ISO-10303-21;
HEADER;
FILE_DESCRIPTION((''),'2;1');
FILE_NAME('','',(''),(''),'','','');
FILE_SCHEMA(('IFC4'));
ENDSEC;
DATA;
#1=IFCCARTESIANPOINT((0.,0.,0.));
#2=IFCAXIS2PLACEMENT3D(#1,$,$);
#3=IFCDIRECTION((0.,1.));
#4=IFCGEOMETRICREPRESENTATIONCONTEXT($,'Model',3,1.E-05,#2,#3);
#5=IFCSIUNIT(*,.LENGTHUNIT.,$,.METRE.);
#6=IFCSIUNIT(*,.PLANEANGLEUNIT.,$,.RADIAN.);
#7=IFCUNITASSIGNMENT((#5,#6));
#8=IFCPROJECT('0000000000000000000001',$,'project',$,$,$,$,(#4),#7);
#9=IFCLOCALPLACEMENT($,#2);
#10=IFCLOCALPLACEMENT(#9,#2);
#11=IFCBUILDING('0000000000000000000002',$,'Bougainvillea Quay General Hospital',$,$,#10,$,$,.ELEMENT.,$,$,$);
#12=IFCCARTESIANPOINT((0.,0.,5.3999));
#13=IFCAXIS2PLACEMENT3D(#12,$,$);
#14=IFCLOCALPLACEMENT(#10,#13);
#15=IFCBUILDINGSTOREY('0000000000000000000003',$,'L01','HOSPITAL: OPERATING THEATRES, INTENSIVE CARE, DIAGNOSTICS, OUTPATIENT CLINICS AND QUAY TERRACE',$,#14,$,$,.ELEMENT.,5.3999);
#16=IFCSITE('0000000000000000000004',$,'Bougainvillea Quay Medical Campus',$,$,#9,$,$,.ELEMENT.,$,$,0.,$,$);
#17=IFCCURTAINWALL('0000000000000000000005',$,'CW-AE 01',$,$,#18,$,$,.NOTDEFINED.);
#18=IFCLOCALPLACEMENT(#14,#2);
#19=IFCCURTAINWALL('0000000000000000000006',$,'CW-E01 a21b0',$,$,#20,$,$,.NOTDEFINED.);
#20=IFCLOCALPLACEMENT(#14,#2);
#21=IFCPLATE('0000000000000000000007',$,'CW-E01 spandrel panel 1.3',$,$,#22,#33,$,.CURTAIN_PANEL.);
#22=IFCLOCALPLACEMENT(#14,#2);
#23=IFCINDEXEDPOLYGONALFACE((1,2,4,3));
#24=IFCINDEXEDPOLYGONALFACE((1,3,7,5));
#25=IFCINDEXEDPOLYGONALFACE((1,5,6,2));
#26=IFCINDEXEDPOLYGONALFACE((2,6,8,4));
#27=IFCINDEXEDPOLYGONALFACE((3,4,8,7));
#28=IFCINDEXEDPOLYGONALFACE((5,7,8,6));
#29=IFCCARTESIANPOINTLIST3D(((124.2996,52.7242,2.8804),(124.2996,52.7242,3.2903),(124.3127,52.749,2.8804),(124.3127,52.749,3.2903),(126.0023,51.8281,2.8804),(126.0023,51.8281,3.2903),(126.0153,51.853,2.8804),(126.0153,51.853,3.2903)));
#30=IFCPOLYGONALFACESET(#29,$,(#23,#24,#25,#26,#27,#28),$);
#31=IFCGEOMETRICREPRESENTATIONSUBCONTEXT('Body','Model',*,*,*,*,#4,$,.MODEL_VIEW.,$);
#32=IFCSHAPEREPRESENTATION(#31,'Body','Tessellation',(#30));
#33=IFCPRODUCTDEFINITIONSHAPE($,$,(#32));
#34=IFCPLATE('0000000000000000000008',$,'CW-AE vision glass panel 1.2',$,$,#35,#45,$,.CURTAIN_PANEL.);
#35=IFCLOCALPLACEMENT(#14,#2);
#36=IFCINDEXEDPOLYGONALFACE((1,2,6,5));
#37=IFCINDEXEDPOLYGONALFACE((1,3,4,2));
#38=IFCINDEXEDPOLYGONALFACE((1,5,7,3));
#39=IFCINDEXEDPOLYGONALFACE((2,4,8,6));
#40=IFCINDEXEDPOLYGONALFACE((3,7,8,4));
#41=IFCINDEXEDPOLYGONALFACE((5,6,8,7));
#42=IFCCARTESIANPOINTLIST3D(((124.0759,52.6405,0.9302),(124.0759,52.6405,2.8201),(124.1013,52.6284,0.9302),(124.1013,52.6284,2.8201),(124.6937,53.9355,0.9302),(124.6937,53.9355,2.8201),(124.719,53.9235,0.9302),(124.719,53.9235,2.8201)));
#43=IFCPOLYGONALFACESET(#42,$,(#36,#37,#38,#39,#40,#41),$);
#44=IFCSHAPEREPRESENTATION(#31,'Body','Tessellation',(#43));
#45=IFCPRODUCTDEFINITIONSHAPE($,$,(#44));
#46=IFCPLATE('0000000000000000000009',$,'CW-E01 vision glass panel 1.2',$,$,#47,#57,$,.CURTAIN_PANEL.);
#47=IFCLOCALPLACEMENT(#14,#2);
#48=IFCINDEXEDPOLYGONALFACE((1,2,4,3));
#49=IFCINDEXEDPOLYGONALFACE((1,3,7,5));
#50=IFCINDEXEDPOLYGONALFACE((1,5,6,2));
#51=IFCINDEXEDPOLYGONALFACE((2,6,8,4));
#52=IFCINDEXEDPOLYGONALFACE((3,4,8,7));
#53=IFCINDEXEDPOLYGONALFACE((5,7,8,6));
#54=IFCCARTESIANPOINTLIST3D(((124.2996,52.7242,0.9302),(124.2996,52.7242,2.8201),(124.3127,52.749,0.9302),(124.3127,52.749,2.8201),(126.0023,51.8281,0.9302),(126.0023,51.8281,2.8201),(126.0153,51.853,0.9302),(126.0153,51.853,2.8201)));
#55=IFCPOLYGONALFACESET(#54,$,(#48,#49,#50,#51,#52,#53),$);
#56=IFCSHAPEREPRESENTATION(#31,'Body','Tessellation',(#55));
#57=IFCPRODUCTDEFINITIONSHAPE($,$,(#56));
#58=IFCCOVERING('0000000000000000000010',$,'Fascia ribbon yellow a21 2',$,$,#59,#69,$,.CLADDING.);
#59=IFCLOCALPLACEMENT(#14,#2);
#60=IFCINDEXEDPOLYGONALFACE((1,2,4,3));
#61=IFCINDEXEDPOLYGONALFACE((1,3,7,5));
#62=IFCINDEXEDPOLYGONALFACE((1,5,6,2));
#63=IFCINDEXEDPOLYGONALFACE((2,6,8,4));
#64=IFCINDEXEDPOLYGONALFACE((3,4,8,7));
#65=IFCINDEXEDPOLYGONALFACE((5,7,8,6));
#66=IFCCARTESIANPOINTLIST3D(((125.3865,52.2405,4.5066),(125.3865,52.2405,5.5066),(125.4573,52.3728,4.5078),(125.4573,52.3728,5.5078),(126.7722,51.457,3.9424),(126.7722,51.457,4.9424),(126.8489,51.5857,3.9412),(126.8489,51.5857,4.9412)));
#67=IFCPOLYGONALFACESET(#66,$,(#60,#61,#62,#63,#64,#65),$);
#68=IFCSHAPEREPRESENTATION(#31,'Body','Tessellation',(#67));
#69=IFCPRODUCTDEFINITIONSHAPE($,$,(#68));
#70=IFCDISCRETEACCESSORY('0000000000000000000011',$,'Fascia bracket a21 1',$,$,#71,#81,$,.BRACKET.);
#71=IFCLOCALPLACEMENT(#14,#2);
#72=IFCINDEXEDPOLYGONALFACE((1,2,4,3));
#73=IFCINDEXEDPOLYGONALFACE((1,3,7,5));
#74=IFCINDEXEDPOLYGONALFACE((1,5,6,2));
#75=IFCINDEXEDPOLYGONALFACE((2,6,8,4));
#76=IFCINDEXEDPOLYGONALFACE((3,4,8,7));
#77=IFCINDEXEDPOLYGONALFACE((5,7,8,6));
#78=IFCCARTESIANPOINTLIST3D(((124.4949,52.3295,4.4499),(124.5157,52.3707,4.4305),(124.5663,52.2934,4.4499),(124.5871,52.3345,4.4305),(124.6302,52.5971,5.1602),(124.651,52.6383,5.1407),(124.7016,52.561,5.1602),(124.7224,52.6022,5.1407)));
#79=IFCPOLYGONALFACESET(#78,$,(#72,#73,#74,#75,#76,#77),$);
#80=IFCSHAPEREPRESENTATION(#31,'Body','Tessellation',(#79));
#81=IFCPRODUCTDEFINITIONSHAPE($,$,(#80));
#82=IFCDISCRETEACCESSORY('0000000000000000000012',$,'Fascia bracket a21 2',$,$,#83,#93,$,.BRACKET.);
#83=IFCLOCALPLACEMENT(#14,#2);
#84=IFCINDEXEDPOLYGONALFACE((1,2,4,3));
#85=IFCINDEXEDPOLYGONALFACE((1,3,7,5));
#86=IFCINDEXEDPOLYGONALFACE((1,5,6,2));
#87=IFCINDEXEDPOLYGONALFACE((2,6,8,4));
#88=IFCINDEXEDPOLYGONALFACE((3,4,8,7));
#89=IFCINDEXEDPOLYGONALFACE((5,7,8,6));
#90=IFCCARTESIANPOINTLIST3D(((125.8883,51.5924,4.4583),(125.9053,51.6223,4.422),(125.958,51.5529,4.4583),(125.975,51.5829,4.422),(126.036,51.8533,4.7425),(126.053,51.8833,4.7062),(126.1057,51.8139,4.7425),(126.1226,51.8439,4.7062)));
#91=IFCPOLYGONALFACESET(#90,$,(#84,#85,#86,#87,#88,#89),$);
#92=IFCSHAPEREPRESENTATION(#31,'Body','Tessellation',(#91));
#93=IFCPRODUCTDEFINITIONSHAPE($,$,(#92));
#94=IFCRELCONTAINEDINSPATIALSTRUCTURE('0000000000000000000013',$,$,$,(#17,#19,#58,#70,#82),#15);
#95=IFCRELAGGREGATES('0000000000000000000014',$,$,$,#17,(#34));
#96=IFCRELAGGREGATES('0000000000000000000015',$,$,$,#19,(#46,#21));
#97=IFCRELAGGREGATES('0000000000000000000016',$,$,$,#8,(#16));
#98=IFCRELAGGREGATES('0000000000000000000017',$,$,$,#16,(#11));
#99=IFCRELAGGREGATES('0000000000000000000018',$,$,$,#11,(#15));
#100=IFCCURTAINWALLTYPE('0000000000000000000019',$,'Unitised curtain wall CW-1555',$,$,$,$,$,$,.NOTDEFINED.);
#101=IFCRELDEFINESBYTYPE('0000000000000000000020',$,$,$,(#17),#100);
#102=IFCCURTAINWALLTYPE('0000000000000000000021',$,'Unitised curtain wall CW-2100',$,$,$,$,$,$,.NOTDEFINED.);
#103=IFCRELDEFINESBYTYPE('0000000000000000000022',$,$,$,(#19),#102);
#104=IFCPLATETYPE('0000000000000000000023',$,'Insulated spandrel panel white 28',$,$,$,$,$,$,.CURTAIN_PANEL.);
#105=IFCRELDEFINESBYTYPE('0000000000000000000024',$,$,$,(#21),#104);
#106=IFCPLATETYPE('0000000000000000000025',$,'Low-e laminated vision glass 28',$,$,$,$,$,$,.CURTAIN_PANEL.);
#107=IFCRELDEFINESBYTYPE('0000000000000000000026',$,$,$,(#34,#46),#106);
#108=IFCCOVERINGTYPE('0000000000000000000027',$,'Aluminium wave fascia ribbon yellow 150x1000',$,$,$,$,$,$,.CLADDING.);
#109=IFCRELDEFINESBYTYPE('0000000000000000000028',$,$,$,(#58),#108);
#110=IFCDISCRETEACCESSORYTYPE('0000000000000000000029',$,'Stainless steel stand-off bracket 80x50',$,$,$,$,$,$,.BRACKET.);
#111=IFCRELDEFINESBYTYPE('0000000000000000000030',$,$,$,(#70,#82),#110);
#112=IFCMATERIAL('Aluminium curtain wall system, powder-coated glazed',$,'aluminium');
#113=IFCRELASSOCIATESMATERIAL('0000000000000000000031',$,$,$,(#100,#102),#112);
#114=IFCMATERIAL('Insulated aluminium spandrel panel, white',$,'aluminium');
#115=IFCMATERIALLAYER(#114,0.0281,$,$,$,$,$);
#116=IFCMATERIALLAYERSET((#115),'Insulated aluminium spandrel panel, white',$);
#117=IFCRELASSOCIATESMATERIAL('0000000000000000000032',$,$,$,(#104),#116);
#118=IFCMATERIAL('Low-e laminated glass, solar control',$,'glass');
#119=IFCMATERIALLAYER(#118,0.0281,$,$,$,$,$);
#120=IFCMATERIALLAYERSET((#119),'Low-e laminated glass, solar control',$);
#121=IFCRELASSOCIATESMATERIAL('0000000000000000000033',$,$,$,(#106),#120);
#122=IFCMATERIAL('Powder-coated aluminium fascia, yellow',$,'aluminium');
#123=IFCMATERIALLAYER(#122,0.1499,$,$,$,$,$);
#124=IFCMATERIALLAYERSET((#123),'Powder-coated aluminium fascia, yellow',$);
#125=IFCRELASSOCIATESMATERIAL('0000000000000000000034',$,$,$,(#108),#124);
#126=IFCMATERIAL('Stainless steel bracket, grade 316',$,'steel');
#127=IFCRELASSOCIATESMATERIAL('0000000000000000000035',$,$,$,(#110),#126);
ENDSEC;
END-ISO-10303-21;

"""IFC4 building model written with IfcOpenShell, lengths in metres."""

from ifc_helpers import new_model, si_unit, direction, frame, origin, origin_2d, place, context, subcontext, project, spatial, polyline, rectangle, outline, extrude, material, layer, layer_set, material_profile, profile_set, type_object, element, aggregate, save


model = new_model("IFC4")

# Units and contexts
model_context = context("Model", 3, precision=1e-05, world=origin(), true_north=direction((0.0, 1.0)))
body_context = subcontext(model_context, "Body", "Model", "MODEL_VIEW")
ifc_project = project(units=[si_unit("LENGTHUNIT", "METRE"), si_unit("PLANEANGLEUNIT", "RADIAN")], contexts=[model_context])

# Site, building, storey
site_placement = place(None, origin())
site = spatial("IfcSite", under=ifc_project, at=site_placement, Name="Bougainvillea Quay Medical Campus", CompositionType="ELEMENT", RefElevation=0.0)
building_placement = place(site_placement, origin())
building = spatial("IfcBuilding", under=site, at=building_placement, Name="Bougainvillea Quay General Hospital", CompositionType="ELEMENT")
storey_placement = place(building_placement, frame((0.0, 0.0, 5.3999)))
storey = spatial("IfcBuildingStorey", under=building, at=storey_placement, Name="L01", Description="HOSPITAL: OPERATING THEATRES, INTENSIVE CARE, DIAGNOSTICS, OUTPATIENT CLINICS AND QUAY TERRACE", CompositionType="ELEMENT", Elevation=5.3999)

# Curtain walls
ifc_material_1 = material(Name="Aluminium curtain wall system, powder-coated glazed", Category="aluminium")
curtain_wall_type_1 = type_object("IfcCurtainWallType", Name="Unitised curtain wall CW-1555", PredefinedType="NOTDEFINED", material=ifc_material_1)
curtain_wall_1_placement = place(storey_placement, origin())
curtain_wall_1 = element("IfcCurtainWall", 1, at=curtain_wall_1_placement, inside=storey, type_object=curtain_wall_type_1, Name="CW-AE 01", PredefinedType="NOTDEFINED")
curtain_wall_type_2 = type_object("IfcCurtainWallType", Name="Unitised curtain wall CW-2100", PredefinedType="NOTDEFINED", material=ifc_material_1)
curtain_wall_2_placement = place(storey_placement, origin())
curtain_wall_2 = element("IfcCurtainWall", 2, at=curtain_wall_2_placement, inside=storey, type_object=curtain_wall_type_2, Name="CW-E01 a21b0", PredefinedType="NOTDEFINED")

# Plates
ifc_material_2 = material(Name="Insulated aluminium spandrel panel, white", Category="aluminium")
ifc_layer_1 = layer(ifc_material_2, 0.0281)
ifc_layer_set_1 = layer_set([ifc_layer_1], Name="Insulated aluminium spandrel panel, white")
plate_type_1 = type_object("IfcPlateType", Name="Insulated spandrel panel white 28", PredefinedType="CURTAIN_PANEL", material=ifc_layer_set_1)
plate_1_placement = place(storey_placement, frame((125.1575, 52.2886, 2.8804), z_axis=(0.0, 0.0, 1.0), x_axis=(0.884929, -0.465726, 0.0)))
plate_1 = element("IfcPlate", 3, at=plate_1_placement, type_object=plate_type_1, Name="CW-E01 spandrel panel 1.3", PredefinedType="CURTAIN_PANEL", context=body_context, shape_type="SweptSolid", body=[
    extrude(rectangle(XDim=1.9241, YDim=0.0281, at=origin_2d()), origin(), (0.0, 0.0, 1.0), 0.4099),
])
ifc_material_3 = material(Name="Low-e laminated glass, solar control", Category="glass")
ifc_layer_2 = layer(ifc_material_3, 0.0281)
ifc_layer_set_2 = layer_set([ifc_layer_2], Name="Low-e laminated glass, solar control")
plate_type_2 = type_object("IfcPlateType", Name="Low-e laminated vision glass 28", PredefinedType="CURTAIN_PANEL", material=ifc_layer_set_2)
plate_2_placement = place(storey_placement, frame((124.3975, 53.282, 0.9302), z_axis=(0.0, 0.0, 1.0), x_axis=(-0.43053, -0.902576, 0.0)))
plate_2 = element("IfcPlate", 4, at=plate_2_placement, type_object=plate_type_2, Name="CW-AE vision glass panel 1.2", PredefinedType="CURTAIN_PANEL", context=body_context, shape_type="SweptSolid", body=[
    extrude(rectangle(XDim=1.4348, YDim=0.0281, at=origin_2d()), origin(), (0.0, 0.0, 1.0), 1.8899),
])
aggregate(curtain_wall_1, [plate_2])
plate_3_placement = place(storey_placement, frame((125.1575, 52.2886, 0.9302), z_axis=(0.0, 0.0, 1.0), x_axis=(0.884929, -0.465726, 0.0)))
plate_3 = element("IfcPlate", 5, at=plate_3_placement, type_object=plate_type_2, Name="CW-E01 vision glass panel 1.2", PredefinedType="CURTAIN_PANEL", context=body_context, shape_type="SweptSolid", body=[
    extrude(rectangle(XDim=1.9241, YDim=0.0281, at=origin_2d()), origin(), (0.0, 0.0, 1.0), 1.8899),
])
aggregate(curtain_wall_2, [plate_3, plate_1])

# Covering
ifc_material_4 = material(Name="Powder-coated aluminium fascia, yellow", Category="aluminium")
ifc_layer_3 = layer(ifc_material_4, 0.1499)
ifc_layer_set_3 = layer_set([ifc_layer_3], Name="Powder-coated aluminium fascia, yellow")
covering_type = type_object("IfcCoveringType", Name="Aluminium wave fascia ribbon yellow 150x1000", PredefinedType="CLADDING", material=ifc_layer_set_3)
covering_placement = place(storey_placement, frame((125.3865, 52.2405, 4.5066), z_axis=(0.290851, -0.164335, 0.94255), x_axis=(0.820497, -0.463879, -0.334066)))
element("IfcCovering", 6, at=covering_placement, inside=storey, type_object=covering_type, Name="Fascia ribbon yellow a21 2", PredefinedType="CLADDING", context=body_context, shape_type="SweptSolid", body=[
    extrude(outline(polyline([(0.0, 0.0), (1.6889, 0.0), (1.6925, 0.1497), (-0.0037, 0.15), (0.0, 0.0)])), origin(), (-0.334066, -0.000083, 0.94255), 1.0),
])

# Discrete accessories
ifc_material_5 = material(Name="Stainless steel bracket, grade 316", Category="steel")
ifc_material_profile_1 = material_profile(ifc_material_5, rectangle(XDim=0.0801, YDim=0.05, at=origin_2d()))
ifc_profile_set_1 = profile_set([ifc_material_profile_1], Name="Stainless steel bracket, grade 316")
discrete_accessory_type = type_object("IfcDiscreteAccessoryType", Name="Stainless steel stand-off bracket 80x50", PredefinedType="BRACKET", material=ifc_profile_set_1)
discrete_accessory_1_placement = place(storey_placement, frame((124.541, 52.332, 4.4402), z_axis=(0.17545, 0.347099, 0.92127), x_axis=(-0.892464, 0.451118, 0.0)))
element("IfcDiscreteAccessory", 7, at=discrete_accessory_1_placement, inside=storey, type_object=discrete_accessory_type, Name="Fascia bracket a21 1", PredefinedType="BRACKET", context=body_context, shape_type="SweptSolid", body=[
    extrude(rectangle(XDim=0.0801, YDim=0.05, at=origin_2d()), origin(), (0.0, 0.0, 1.0), 0.771),
])
discrete_accessory_2_placement = place(storey_placement, frame((125.9316, 51.5876, 4.4402), z_axis=(0.357514, 0.631706, 0.687845), x_axis=(-0.87029, 0.49254, 0.0)))
element("IfcDiscreteAccessory", 8, at=discrete_accessory_2_placement, inside=storey, type_object=discrete_accessory_type, Name="Fascia bracket a21 2", PredefinedType="BRACKET", context=body_context, shape_type="SweptSolid", body=[
    extrude(rectangle(XDim=0.0801, YDim=0.05, at=origin_2d()), origin(), (0.0, 0.0, 1.0), 0.4131),
])

save(model, "model.ifc")
